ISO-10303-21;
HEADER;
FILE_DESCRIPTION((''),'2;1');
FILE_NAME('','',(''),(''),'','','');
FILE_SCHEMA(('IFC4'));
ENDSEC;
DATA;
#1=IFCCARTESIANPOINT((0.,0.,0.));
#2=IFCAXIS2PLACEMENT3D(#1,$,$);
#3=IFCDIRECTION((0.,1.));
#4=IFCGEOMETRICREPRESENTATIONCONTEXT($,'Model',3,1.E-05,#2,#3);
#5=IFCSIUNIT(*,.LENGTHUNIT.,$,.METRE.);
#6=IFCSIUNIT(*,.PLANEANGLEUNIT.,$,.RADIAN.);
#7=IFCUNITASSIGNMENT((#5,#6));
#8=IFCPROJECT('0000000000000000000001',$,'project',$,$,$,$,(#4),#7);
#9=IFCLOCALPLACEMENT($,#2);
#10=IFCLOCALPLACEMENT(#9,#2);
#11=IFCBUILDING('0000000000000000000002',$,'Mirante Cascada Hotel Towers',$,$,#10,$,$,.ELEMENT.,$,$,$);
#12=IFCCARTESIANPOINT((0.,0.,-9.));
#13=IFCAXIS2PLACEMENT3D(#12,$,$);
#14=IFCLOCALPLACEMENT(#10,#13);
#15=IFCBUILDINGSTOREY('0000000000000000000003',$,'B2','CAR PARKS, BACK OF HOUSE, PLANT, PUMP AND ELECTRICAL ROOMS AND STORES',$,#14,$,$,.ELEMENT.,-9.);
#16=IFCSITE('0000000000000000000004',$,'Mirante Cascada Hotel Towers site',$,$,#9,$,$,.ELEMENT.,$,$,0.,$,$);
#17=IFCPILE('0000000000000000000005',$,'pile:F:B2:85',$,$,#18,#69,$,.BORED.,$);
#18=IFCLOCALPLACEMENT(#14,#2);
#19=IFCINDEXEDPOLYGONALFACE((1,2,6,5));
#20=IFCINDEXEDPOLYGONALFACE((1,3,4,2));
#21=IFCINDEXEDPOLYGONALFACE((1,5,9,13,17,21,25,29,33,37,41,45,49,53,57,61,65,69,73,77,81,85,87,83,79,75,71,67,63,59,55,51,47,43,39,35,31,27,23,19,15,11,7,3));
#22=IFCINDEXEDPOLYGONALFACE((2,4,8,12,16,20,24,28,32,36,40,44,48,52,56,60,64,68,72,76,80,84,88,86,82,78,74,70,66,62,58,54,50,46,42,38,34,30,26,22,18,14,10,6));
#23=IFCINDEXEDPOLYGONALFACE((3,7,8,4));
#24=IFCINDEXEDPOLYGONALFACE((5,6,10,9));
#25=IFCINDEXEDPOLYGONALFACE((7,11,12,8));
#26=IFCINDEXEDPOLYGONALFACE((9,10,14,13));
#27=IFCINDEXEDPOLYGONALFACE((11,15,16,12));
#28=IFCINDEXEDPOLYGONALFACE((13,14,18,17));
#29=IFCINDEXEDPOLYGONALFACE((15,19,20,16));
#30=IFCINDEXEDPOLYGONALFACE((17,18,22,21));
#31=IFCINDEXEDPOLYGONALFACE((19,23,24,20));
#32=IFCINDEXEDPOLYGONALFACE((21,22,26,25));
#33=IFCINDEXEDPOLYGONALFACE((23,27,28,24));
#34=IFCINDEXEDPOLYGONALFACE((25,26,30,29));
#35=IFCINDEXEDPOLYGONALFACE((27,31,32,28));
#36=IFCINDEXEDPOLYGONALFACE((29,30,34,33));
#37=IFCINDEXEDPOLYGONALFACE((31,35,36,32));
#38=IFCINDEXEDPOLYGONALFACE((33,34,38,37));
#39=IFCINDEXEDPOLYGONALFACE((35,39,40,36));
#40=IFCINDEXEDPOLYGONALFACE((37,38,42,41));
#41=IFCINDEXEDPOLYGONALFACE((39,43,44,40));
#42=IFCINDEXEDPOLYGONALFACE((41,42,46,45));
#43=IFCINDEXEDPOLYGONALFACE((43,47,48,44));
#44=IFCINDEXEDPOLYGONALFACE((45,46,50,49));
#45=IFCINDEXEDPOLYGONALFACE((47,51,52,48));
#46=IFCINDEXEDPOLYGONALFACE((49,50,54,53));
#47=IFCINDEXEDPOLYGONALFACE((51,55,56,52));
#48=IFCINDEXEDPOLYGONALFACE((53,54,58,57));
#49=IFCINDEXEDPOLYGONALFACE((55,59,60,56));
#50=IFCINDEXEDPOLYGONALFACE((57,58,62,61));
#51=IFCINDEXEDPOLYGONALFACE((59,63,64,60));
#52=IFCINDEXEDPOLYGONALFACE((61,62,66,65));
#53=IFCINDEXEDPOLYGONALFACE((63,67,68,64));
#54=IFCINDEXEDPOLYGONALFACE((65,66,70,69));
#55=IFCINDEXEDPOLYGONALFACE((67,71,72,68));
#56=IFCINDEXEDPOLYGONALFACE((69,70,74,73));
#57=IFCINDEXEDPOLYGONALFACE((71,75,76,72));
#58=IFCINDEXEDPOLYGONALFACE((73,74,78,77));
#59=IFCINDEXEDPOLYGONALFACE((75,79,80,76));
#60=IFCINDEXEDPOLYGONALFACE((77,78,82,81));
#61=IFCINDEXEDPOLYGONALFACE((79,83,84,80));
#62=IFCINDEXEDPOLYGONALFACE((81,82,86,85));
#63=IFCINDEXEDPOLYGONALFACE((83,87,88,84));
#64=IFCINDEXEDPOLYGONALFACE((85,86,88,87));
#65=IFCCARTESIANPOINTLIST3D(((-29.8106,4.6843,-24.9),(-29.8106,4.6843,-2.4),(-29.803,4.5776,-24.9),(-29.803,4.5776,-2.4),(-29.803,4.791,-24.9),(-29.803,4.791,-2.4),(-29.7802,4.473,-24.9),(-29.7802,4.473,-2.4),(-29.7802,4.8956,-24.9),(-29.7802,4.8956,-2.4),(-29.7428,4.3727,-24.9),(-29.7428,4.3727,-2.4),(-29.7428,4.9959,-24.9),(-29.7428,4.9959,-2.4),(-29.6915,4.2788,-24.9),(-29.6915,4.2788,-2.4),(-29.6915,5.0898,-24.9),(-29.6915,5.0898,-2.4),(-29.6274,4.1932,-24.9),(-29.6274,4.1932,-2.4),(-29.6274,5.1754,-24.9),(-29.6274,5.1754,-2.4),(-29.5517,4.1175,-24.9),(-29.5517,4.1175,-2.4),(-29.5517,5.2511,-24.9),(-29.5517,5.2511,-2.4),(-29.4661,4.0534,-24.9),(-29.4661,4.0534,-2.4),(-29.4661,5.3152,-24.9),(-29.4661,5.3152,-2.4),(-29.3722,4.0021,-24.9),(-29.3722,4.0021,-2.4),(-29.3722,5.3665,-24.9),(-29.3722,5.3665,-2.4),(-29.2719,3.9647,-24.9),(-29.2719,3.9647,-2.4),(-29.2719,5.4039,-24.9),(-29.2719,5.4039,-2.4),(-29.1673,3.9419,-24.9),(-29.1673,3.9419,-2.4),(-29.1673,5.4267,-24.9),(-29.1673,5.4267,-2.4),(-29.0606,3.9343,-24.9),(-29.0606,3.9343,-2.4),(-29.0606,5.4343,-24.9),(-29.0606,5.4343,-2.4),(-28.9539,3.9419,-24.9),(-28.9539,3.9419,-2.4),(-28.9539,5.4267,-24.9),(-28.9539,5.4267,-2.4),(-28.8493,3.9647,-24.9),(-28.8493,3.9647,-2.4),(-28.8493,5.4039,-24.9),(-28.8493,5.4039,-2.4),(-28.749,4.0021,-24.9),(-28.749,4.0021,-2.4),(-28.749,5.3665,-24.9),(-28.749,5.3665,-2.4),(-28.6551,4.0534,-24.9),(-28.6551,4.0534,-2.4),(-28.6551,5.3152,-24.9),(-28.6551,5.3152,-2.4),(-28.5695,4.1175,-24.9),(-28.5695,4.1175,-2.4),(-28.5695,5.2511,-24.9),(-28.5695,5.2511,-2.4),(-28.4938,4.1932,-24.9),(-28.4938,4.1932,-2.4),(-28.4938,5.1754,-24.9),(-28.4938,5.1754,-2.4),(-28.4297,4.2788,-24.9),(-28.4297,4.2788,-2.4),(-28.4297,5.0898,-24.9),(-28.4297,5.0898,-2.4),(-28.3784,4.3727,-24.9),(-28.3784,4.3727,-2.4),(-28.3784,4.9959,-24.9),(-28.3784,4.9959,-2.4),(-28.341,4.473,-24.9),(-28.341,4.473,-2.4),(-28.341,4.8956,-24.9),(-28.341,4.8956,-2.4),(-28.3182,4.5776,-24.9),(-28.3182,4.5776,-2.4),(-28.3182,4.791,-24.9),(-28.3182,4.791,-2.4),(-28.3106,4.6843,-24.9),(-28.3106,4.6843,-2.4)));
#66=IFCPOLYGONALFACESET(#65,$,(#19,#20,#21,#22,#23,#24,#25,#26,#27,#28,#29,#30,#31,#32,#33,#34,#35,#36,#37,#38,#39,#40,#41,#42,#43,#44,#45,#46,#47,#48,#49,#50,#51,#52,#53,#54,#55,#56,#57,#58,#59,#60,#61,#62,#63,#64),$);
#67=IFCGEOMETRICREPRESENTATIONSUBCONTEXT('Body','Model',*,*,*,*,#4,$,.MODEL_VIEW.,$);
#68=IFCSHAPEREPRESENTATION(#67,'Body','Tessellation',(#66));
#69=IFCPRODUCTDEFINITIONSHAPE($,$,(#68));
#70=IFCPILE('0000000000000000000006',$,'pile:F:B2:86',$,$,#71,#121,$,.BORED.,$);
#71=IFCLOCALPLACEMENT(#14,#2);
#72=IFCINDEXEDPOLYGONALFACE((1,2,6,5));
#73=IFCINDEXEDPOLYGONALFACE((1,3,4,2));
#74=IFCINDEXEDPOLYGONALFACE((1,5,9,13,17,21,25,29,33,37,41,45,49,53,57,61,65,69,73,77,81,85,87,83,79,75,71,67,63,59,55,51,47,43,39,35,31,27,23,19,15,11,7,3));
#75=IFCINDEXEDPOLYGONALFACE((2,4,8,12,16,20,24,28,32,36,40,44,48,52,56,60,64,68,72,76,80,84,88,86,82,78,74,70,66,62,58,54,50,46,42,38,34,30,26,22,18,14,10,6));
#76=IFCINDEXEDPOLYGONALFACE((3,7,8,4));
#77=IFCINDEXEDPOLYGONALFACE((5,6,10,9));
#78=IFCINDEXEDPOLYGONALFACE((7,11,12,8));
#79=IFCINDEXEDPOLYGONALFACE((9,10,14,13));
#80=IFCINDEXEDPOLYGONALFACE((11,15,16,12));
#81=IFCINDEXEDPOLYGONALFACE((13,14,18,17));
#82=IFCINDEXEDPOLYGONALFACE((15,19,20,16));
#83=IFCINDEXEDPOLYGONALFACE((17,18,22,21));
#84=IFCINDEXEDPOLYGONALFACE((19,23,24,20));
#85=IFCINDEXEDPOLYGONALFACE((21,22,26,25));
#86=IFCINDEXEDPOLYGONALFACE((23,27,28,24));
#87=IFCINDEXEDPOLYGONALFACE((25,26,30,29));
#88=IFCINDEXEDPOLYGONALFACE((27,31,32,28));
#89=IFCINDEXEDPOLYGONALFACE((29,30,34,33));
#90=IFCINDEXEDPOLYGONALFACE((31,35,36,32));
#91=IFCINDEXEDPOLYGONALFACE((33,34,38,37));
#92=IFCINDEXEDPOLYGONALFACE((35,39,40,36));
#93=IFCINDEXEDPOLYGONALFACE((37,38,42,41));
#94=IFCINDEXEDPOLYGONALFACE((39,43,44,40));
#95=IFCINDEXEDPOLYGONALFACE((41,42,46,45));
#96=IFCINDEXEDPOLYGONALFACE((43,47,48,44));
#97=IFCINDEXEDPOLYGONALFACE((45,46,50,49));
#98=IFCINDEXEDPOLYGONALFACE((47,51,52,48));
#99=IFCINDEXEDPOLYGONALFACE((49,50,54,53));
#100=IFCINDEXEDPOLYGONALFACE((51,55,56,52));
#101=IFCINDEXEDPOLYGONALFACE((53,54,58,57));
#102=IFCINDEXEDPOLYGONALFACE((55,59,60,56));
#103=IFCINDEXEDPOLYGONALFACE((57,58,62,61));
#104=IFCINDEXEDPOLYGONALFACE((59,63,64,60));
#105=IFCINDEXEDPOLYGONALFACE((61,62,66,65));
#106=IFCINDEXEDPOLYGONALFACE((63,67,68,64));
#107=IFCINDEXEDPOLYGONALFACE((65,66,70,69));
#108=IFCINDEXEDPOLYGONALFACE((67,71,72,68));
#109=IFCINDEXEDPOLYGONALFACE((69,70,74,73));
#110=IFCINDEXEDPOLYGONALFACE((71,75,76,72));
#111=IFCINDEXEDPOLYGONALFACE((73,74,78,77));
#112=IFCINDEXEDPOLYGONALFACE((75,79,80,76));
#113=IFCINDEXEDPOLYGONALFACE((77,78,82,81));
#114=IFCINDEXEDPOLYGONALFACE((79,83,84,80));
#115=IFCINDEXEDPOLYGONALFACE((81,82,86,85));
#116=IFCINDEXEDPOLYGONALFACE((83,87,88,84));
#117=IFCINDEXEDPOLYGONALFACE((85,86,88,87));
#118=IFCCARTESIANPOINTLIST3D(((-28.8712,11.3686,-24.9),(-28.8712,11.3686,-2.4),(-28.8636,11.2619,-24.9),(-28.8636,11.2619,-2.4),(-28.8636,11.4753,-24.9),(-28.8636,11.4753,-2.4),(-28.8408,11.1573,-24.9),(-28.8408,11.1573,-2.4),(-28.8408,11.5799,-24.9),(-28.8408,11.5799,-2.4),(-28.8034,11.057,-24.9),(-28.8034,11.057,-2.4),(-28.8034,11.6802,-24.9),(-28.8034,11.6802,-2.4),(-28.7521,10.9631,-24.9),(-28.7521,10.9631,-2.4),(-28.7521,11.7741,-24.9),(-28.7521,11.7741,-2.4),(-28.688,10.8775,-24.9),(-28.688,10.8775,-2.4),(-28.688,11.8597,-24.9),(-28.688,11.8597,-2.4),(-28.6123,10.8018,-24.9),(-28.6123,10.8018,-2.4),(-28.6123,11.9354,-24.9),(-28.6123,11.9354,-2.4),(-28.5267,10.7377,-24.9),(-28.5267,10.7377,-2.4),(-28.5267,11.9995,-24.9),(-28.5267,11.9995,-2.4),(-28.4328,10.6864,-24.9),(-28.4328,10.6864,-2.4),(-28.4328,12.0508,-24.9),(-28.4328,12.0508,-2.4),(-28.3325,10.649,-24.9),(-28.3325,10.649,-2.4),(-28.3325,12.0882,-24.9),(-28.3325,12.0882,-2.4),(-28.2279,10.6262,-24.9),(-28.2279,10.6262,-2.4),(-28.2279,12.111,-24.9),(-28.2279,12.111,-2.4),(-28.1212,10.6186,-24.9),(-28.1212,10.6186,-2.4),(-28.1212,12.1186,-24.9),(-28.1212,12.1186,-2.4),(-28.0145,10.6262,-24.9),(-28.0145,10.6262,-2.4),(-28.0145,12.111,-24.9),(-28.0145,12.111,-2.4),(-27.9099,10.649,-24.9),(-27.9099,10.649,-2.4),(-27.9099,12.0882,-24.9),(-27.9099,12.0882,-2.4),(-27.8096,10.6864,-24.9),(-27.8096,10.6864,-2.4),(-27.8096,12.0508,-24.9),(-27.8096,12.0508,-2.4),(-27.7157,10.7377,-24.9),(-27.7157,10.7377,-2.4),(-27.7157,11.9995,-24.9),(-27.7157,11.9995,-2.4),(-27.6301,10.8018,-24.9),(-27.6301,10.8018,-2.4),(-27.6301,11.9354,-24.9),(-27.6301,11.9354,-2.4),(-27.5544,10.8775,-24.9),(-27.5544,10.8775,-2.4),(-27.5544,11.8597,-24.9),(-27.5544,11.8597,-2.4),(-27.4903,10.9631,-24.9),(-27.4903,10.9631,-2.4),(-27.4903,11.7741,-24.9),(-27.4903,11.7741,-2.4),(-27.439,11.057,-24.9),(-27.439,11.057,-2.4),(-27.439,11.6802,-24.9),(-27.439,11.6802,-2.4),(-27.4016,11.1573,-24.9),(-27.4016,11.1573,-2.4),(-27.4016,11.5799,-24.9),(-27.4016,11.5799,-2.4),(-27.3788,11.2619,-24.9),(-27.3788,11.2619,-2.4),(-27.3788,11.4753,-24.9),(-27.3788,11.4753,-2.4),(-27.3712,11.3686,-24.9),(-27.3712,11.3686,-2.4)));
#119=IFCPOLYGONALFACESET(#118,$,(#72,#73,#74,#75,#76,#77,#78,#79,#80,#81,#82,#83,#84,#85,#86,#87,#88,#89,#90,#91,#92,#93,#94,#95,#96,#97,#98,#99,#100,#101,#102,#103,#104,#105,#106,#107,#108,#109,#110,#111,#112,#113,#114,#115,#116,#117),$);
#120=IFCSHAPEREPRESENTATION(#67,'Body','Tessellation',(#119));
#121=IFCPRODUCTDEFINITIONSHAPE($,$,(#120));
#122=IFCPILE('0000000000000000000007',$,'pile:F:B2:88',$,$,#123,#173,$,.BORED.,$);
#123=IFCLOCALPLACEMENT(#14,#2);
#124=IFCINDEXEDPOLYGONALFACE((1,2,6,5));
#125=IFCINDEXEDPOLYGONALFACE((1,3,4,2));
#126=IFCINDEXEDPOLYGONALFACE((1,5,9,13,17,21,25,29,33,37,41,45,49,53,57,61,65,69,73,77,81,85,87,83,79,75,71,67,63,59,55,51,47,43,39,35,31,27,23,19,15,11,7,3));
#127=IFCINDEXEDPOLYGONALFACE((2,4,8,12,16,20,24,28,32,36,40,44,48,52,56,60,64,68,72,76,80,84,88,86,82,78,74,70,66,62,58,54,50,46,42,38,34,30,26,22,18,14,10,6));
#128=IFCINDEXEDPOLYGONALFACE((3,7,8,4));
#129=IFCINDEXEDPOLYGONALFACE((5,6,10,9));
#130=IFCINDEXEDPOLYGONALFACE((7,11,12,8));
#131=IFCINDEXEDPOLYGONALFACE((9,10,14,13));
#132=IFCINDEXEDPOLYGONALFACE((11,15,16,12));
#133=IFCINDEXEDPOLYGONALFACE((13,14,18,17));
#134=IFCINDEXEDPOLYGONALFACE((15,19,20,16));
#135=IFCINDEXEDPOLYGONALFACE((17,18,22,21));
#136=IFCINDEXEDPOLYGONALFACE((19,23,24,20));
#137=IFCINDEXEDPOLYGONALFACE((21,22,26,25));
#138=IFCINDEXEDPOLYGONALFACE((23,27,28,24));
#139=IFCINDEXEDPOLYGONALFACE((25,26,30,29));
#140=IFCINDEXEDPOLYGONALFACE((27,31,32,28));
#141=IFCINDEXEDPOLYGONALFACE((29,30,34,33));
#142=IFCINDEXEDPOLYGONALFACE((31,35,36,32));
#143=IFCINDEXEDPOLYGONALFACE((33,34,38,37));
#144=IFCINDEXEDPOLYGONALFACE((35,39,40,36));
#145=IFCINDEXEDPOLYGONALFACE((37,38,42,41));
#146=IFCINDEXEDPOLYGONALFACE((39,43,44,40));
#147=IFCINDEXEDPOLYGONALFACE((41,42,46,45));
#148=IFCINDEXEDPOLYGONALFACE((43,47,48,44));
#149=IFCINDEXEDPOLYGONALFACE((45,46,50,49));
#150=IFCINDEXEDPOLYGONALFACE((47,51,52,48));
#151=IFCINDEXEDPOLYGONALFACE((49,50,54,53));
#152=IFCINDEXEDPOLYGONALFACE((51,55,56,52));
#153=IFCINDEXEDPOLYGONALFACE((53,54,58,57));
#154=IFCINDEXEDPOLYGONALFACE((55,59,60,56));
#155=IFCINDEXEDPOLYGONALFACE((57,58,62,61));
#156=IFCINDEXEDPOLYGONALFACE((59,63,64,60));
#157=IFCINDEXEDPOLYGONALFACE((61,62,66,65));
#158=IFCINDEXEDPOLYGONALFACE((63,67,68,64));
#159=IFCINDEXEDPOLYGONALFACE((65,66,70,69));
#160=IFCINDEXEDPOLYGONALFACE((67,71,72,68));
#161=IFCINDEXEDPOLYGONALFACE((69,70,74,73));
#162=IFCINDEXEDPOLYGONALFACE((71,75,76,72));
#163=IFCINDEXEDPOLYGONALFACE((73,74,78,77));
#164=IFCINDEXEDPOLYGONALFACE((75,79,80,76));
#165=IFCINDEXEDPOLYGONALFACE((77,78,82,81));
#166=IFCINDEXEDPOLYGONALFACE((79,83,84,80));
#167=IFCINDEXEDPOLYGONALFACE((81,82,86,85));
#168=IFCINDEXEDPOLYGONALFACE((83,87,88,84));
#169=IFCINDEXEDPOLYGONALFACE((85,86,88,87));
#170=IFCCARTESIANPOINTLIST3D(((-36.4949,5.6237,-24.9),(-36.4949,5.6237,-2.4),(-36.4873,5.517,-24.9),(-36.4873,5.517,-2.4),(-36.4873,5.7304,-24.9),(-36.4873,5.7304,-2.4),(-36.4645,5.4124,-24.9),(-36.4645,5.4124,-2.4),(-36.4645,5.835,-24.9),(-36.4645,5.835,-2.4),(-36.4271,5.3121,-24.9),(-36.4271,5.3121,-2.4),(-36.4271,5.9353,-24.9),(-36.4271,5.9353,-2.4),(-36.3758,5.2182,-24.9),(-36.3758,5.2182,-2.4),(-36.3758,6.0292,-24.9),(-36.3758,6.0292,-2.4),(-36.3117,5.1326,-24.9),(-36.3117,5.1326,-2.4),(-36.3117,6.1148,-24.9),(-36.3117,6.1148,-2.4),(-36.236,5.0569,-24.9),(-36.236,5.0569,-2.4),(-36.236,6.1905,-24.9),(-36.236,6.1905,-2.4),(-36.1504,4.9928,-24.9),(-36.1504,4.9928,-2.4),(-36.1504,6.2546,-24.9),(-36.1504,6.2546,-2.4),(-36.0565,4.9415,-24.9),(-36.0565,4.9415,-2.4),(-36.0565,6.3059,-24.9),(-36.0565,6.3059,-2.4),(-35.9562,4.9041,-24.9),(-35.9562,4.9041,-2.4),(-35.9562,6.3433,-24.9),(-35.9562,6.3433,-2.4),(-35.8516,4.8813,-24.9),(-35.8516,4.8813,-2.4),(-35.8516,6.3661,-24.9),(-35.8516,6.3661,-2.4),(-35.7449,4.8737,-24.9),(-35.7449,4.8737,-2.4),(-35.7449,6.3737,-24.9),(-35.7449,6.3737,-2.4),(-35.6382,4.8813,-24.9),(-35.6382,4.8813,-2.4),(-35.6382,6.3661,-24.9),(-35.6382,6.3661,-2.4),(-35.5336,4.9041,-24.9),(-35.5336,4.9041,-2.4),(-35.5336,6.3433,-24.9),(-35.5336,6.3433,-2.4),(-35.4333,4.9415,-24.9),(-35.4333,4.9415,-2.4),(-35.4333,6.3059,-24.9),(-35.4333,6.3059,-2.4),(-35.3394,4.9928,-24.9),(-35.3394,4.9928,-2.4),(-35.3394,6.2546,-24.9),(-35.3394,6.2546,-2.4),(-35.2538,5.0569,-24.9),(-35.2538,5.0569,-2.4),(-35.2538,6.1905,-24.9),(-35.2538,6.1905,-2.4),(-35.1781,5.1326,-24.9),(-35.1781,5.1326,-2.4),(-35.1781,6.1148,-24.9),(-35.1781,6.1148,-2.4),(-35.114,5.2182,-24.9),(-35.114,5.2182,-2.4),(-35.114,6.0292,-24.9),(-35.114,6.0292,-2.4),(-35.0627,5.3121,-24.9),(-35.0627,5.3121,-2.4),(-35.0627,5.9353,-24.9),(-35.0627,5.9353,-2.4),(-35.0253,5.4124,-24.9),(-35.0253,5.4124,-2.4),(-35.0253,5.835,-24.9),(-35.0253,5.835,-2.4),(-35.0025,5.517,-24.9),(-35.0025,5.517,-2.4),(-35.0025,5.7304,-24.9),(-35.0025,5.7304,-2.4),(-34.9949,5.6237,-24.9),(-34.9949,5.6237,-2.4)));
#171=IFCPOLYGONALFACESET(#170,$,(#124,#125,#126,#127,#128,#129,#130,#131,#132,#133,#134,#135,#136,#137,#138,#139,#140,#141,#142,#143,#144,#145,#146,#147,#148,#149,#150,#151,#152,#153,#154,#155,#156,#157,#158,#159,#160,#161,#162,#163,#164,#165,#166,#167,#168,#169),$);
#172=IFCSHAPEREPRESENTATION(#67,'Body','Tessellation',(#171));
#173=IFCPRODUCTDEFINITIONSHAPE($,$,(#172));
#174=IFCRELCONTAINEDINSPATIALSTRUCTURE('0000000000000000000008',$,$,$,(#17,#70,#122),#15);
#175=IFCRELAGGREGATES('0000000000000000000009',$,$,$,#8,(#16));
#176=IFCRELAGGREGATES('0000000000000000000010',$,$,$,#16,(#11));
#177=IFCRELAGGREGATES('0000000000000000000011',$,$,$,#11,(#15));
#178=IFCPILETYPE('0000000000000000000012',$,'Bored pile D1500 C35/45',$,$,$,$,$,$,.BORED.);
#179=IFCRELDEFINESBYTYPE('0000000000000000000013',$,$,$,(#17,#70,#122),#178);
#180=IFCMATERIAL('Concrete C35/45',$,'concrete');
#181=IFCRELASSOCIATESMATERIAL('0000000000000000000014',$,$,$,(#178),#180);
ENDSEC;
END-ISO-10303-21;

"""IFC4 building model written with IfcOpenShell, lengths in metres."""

from ifc_helpers import new_model, si_unit, direction, frame, origin, origin_2d, place, context, subcontext, project, spatial, circle, extrude, material, material_profile, profile_set, type_object, element, save


model = new_model("IFC4")

# Units and contexts
model_context = context("Model", 3, precision=1e-05, world=origin(), true_north=direction((0.0, 1.0)))
body_context = subcontext(model_context, "Body", "Model", "MODEL_VIEW")
ifc_project = project(units=[si_unit("LENGTHUNIT", "METRE"), si_unit("PLANEANGLEUNIT", "RADIAN")], contexts=[model_context])

# Site, building, storey
site_placement = place(None, origin())
site = spatial("IfcSite", under=ifc_project, at=site_placement, Name="Mirante Cascada Hotel Towers site", CompositionType="ELEMENT", RefElevation=0.0)
building_placement = place(site_placement, origin())
building = spatial("IfcBuilding", under=site, at=building_placement, Name="Mirante Cascada Hotel Towers", CompositionType="ELEMENT")
storey_placement = place(building_placement, frame((0.0, 0.0, -9.0)))
storey = spatial("IfcBuildingStorey", under=building, at=storey_placement, Name="B2", Description="CAR PARKS, BACK OF HOUSE, PLANT, PUMP AND ELECTRICAL ROOMS AND STORES", CompositionType="ELEMENT", Elevation=-9.0)

# Piles
ifc_material_1 = material(Name="Concrete C35/45", Category="concrete")
ifc_material_profile_1 = material_profile(ifc_material_1, circle(Radius=0.75, at=origin_2d()), Name="RC D1500")
ifc_profile_set_1 = profile_set([ifc_material_profile_1], Name="Concrete C35/45")
pile_type = type_object("IfcPileType", Name="Bored pile D1500 C35/45", PredefinedType="BORED", material=ifc_profile_set_1)
for number, where, z_axis, x_axis, name in (
    (1, (-29.0606, 4.6843, -2.4), (0.0, 0.0, -1.0), (1.0, 0.0, 0.0), "pile:F:B2:85"),
    (2, (-28.1212, 11.3686, -2.4), (0.0, 0.0, -1.0), (1.0, 0.0, 0.0), "pile:F:B2:86"),
    (3, (-35.7449, 5.6237, -2.4), (0.0, 0.0, -1.0), (1.0, 0.0, 0.0), "pile:F:B2:88"),
):
    element("IfcPile", number, at=place(storey_placement, frame(where, z_axis=z_axis, x_axis=x_axis)), inside=storey, type_object=pile_type, Name=name, PredefinedType="BORED", context=body_context, shape_type="SweptSolid", body=[
        extrude(circle(Radius=0.75, at=origin_2d()), origin(), (0.0, 0.0, 1.0), 22.5),
    ])

save(model, "model.ifc")
